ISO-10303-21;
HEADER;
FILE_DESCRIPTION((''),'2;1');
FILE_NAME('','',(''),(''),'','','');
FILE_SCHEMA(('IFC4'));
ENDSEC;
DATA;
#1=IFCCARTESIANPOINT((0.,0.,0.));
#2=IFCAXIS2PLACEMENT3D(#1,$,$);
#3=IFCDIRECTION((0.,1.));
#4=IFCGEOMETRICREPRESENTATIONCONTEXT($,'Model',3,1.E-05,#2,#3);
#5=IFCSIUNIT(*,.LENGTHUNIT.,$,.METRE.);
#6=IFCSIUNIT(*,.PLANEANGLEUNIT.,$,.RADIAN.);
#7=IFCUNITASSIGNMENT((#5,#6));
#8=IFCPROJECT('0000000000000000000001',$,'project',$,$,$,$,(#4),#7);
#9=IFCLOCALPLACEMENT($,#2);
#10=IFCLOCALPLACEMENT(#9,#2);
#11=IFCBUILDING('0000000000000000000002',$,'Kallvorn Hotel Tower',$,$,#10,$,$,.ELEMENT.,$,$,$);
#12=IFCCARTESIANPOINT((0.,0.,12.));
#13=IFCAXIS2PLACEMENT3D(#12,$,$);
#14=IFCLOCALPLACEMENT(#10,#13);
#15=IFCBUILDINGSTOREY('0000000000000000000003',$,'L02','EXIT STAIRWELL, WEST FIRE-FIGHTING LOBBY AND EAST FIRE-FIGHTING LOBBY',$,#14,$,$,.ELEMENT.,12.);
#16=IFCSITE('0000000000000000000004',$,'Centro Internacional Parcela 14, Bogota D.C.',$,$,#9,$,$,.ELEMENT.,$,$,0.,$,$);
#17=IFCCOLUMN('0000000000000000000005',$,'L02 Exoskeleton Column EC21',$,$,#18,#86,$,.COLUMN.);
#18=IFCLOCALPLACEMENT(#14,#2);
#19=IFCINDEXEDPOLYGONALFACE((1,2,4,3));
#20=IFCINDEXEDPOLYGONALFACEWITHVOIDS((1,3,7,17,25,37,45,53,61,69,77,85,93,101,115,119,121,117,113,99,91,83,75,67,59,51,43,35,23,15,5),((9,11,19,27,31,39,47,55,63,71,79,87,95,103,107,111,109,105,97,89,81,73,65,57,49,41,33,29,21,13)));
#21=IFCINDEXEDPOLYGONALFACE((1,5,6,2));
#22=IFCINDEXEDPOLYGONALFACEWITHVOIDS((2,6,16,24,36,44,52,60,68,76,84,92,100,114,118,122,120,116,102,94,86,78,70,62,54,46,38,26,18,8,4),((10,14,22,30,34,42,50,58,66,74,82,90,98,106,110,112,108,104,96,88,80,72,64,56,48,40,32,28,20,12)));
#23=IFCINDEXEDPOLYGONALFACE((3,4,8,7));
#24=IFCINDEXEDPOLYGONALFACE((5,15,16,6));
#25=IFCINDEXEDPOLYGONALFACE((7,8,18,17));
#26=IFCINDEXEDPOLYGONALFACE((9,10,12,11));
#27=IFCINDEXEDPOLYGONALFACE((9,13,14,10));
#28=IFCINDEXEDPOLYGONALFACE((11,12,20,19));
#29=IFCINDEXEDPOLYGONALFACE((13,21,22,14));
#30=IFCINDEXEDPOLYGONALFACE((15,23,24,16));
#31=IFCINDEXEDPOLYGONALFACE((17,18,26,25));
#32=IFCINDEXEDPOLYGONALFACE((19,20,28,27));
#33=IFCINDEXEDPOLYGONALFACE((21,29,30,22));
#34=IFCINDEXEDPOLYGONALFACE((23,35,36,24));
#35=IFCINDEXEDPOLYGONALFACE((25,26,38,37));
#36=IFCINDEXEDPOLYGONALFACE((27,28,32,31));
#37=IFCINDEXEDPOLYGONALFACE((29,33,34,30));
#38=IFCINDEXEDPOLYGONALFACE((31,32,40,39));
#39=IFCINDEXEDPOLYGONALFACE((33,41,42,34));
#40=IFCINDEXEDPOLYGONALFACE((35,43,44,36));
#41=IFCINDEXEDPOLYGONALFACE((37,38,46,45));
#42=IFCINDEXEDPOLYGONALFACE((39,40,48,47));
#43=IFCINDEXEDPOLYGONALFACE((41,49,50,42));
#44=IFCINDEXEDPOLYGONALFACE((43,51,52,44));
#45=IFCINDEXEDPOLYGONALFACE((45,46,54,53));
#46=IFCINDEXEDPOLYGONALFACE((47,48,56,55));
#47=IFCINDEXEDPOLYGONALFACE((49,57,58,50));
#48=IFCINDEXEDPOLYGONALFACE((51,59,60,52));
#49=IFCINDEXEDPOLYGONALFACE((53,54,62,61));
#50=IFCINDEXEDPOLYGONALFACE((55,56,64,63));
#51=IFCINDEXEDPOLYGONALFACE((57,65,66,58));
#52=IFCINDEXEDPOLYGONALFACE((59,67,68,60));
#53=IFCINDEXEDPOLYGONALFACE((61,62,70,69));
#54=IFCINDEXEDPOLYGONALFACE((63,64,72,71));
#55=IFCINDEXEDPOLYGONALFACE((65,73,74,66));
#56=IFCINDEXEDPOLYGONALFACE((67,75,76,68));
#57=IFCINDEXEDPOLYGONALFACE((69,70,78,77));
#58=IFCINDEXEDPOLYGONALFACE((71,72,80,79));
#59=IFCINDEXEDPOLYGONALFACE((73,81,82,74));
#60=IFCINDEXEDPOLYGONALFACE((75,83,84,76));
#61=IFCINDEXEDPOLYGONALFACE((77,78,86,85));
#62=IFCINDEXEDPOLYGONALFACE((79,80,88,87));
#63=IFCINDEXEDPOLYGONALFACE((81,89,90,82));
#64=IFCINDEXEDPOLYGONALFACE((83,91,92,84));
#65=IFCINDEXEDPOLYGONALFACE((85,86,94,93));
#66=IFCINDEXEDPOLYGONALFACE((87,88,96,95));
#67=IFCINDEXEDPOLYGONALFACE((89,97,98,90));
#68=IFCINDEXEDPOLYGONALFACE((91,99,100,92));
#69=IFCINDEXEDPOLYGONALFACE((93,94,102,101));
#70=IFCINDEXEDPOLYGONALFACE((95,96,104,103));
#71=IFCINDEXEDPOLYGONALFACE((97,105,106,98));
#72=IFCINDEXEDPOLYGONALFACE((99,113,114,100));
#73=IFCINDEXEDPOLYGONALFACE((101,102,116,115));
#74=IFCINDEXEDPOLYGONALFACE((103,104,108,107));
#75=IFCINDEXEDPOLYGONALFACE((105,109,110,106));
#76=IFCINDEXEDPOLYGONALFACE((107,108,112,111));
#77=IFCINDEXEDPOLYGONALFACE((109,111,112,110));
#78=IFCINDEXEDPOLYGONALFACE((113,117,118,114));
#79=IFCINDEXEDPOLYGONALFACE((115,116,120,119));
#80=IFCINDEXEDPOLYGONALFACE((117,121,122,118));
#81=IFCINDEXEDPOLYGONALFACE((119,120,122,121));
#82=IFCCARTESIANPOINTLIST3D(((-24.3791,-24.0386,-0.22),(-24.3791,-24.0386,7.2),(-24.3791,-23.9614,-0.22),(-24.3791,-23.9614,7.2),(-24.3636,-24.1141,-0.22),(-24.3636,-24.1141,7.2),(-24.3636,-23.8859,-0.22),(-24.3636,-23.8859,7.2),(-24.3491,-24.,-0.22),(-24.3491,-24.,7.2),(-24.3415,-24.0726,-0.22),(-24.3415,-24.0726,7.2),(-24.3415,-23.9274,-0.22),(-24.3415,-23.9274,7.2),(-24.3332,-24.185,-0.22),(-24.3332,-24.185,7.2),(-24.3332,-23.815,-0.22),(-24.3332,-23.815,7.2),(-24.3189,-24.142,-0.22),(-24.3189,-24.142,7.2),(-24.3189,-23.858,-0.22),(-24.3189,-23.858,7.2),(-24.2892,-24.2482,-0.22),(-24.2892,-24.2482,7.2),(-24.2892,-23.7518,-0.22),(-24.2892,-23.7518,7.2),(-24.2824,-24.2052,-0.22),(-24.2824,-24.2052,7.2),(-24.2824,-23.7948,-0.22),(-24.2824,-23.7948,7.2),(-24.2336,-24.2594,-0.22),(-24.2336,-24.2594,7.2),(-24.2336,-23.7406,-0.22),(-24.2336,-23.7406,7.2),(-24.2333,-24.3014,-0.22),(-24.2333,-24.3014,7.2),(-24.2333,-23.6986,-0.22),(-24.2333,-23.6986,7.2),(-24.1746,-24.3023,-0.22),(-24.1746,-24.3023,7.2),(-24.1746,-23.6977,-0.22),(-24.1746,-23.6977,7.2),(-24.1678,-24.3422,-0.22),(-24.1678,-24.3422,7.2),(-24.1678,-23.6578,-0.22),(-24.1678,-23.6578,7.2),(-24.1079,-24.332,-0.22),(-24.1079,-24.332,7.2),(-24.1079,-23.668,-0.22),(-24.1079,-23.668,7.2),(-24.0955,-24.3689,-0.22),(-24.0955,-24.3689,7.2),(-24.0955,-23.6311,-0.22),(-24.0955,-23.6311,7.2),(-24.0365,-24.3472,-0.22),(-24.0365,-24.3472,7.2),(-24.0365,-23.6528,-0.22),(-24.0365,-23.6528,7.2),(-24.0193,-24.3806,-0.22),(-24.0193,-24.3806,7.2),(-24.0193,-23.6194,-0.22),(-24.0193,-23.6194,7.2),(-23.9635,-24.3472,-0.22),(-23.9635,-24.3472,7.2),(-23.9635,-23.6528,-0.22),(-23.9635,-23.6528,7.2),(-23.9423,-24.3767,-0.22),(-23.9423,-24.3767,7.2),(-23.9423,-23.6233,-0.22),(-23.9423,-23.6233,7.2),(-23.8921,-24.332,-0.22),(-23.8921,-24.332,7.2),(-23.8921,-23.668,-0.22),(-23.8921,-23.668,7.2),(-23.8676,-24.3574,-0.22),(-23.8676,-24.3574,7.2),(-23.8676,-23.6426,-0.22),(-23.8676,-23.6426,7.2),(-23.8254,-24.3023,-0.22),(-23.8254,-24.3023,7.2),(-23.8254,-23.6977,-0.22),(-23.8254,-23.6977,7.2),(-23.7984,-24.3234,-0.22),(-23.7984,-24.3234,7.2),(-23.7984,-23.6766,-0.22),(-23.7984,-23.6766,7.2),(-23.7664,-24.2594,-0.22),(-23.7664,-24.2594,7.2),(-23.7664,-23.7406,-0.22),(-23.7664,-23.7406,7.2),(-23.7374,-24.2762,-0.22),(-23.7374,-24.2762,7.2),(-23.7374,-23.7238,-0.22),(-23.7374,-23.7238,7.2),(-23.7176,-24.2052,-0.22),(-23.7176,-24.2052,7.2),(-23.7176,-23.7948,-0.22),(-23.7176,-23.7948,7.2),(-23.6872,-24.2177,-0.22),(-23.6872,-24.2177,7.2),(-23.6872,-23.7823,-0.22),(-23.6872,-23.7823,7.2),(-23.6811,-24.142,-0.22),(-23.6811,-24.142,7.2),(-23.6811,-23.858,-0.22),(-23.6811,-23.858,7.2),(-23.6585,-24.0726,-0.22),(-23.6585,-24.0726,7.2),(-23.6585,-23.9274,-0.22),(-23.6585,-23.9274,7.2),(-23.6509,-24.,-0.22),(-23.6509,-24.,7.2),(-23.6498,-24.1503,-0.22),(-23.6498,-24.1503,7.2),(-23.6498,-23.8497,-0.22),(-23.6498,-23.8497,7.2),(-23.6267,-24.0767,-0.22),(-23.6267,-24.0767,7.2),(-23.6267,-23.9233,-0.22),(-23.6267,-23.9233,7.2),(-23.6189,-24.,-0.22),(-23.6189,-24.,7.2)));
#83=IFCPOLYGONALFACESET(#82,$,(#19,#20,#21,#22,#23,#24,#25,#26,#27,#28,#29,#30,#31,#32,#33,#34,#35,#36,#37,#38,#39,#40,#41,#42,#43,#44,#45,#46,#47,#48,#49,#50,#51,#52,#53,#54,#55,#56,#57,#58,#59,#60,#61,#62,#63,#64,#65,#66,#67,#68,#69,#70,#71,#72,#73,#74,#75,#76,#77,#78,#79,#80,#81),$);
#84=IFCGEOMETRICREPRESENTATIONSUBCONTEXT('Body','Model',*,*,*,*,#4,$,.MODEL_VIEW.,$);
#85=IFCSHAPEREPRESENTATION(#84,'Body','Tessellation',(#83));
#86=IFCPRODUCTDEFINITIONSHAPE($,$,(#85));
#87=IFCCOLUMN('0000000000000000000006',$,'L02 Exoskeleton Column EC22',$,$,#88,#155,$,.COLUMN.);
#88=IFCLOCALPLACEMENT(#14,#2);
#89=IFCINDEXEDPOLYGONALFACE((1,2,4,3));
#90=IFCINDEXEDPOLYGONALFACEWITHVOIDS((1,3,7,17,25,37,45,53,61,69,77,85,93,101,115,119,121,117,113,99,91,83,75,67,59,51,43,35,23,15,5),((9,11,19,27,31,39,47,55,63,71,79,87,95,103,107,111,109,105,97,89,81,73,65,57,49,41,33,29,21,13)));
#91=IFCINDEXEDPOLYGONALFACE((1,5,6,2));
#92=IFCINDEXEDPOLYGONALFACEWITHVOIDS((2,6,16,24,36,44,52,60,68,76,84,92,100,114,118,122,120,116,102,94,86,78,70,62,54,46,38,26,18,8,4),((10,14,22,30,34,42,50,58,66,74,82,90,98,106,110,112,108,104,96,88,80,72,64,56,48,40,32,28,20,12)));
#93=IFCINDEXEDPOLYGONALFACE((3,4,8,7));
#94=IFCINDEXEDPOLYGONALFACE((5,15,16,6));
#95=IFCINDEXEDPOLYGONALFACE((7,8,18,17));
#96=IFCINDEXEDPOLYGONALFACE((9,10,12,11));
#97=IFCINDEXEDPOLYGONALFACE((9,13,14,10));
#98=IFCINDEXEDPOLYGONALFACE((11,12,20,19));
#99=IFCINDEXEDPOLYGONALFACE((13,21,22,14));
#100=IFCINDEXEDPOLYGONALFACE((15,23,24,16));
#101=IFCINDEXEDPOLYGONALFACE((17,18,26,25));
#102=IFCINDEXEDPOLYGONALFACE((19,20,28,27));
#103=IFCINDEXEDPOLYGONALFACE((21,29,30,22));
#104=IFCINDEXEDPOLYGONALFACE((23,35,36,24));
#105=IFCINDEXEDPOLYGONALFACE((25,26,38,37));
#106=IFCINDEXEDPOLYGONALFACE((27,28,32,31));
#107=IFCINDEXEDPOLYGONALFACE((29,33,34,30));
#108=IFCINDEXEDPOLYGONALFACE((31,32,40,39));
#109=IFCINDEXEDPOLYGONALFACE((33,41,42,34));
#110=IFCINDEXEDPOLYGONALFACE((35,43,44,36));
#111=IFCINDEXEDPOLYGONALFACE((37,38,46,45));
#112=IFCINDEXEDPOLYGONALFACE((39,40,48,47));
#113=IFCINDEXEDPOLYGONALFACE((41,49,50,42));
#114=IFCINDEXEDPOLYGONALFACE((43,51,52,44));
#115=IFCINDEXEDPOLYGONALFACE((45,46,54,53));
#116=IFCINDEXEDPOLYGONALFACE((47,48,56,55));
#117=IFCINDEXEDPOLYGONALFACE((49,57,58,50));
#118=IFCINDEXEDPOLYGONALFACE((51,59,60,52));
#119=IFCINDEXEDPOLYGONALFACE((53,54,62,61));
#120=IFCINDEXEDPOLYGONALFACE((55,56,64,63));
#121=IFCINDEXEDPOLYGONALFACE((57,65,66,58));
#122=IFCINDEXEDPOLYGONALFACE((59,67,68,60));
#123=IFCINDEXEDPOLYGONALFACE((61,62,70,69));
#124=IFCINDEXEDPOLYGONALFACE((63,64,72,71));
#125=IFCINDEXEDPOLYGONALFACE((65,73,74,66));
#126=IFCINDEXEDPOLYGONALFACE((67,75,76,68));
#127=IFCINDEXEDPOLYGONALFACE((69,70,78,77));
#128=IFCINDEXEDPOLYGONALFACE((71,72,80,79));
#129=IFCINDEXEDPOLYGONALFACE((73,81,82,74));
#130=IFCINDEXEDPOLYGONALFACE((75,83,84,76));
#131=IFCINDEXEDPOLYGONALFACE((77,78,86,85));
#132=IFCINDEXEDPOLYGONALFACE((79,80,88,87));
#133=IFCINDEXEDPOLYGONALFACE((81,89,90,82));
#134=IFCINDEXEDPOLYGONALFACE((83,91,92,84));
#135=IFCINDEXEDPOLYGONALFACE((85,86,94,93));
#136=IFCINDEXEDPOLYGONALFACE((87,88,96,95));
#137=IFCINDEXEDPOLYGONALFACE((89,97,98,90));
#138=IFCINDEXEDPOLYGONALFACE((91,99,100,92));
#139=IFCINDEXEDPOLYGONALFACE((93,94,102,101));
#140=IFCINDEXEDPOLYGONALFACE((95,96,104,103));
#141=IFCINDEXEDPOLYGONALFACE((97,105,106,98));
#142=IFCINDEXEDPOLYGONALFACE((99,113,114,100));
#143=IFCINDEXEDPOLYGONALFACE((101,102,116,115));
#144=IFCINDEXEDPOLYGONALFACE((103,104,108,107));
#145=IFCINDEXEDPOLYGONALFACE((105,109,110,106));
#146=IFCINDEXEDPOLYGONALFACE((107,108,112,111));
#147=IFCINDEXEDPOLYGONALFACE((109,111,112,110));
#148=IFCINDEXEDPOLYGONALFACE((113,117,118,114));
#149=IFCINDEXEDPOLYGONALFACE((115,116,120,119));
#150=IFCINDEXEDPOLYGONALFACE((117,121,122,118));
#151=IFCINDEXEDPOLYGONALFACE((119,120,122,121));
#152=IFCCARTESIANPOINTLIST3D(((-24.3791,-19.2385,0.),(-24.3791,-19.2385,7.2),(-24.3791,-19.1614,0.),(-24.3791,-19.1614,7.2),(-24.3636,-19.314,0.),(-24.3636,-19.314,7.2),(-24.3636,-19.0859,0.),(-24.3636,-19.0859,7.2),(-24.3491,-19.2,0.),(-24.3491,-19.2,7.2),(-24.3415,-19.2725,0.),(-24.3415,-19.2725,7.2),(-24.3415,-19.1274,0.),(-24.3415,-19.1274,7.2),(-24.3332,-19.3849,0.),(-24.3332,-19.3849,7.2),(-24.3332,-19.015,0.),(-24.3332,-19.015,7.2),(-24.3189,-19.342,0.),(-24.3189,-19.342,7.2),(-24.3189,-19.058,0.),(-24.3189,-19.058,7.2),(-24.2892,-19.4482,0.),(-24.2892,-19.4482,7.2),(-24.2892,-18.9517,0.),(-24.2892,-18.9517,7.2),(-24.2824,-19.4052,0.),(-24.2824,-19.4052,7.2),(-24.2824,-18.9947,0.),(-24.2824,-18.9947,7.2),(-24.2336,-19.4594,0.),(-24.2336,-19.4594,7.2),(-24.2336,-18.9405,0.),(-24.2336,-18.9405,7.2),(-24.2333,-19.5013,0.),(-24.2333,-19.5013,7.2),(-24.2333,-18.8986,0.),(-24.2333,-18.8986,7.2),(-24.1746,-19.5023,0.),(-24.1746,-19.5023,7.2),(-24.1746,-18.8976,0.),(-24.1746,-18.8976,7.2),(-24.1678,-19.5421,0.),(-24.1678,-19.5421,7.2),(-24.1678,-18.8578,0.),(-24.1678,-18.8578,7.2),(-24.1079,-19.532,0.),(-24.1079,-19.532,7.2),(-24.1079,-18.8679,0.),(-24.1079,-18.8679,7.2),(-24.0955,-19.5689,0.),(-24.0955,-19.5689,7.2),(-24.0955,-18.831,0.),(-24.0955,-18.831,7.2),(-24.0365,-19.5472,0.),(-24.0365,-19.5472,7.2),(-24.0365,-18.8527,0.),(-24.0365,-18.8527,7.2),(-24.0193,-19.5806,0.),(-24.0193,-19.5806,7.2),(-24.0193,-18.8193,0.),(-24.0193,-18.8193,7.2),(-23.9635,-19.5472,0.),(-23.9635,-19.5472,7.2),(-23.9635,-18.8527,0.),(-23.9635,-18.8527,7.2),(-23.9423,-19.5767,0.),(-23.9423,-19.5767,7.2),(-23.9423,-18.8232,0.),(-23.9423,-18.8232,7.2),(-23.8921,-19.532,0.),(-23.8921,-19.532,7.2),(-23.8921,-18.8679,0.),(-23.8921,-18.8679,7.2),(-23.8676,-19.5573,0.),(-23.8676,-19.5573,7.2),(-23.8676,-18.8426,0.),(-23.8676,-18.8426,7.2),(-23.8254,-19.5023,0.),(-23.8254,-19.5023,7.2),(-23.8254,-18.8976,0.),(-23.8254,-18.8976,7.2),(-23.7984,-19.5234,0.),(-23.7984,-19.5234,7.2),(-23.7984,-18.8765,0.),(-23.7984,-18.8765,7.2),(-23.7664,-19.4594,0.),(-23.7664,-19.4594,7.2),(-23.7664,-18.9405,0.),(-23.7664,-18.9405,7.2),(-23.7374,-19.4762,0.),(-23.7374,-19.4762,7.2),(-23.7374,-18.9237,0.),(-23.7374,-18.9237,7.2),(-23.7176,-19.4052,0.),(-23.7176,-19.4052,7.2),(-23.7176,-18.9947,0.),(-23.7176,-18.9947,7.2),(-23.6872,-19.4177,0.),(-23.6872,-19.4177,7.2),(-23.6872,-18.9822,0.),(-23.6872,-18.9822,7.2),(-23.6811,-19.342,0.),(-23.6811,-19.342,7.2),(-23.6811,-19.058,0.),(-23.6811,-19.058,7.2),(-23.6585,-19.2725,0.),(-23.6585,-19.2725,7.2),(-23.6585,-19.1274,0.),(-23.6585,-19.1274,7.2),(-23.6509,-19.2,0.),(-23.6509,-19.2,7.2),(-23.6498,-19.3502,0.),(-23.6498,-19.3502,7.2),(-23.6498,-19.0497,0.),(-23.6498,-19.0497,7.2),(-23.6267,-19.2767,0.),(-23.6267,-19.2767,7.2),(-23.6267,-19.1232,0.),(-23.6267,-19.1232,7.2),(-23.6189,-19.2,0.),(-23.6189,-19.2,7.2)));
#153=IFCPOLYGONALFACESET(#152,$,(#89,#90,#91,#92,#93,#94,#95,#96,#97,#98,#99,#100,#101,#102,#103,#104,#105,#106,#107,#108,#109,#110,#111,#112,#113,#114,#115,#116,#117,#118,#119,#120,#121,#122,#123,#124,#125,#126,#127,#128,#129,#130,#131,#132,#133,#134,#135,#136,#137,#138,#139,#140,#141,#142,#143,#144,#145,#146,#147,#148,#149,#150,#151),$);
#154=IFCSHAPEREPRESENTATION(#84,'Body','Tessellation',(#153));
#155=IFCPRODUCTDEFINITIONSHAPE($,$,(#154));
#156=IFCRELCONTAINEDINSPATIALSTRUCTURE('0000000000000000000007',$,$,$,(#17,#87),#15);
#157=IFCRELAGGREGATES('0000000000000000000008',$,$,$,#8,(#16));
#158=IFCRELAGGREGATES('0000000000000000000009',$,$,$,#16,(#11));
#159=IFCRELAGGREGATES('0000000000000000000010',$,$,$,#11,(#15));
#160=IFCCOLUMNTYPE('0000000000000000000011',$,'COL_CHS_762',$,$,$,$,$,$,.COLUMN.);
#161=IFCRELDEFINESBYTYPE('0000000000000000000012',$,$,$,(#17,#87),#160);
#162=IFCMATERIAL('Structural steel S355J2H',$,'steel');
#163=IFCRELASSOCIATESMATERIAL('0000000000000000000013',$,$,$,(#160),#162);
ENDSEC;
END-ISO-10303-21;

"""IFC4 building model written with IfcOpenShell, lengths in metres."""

from ifc_helpers import new_model, si_unit, direction, frame, origin, origin_2d, place, context, subcontext, project, spatial, hollow_circle, extrude, material, material_profile, profile_set, type_object, element, save


model = new_model("IFC4")

# Units and contexts
model_context = context("Model", 3, precision=1e-05, world=origin(), true_north=direction((0.0, 1.0)))
body_context = subcontext(model_context, "Body", "Model", "MODEL_VIEW")
ifc_project = project(units=[si_unit("LENGTHUNIT", "METRE"), si_unit("PLANEANGLEUNIT", "RADIAN")], contexts=[model_context])

# Site, building, storey
site_placement = place(None, origin())
site = spatial("IfcSite", under=ifc_project, at=site_placement, Name="Centro Internacional Parcela 14, Bogota D.C.", CompositionType="ELEMENT", RefElevation=0.0)
building_placement = place(site_placement, origin())
building = spatial("IfcBuilding", under=site, at=building_placement, Name="Kallvorn Hotel Tower", CompositionType="ELEMENT")
storey_placement = place(building_placement, frame((0.0, 0.0, 12.0)))
storey = spatial("IfcBuildingStorey", under=building, at=storey_placement, Name="L02", Description="EXIT STAIRWELL, WEST FIRE-FIGHTING LOBBY AND EAST FIRE-FIGHTING LOBBY", CompositionType="ELEMENT", Elevation=12.0)

# Columns
ifc_material_1 = material(Name="Structural steel S355J2H", Category="steel")
ifc_material_profile_1 = material_profile(ifc_material_1, hollow_circle(Radius=0.3811, WallThickness=0.032, at=origin_2d()), Name="CHS 762x32")
ifc_profile_set_1 = profile_set([ifc_material_profile_1], Name="Structural steel S355J2H")
column_type_1 = type_object("IfcColumnType", Name="COL_CHS_762", PredefinedType="COLUMN", material=ifc_profile_set_1)
column_1_placement = place(storey_placement, frame((-24.0, -24.0, -0.22), z_axis=(0.0, 0.0, 1.0), x_axis=(1.0, 0.0, 0.0)))
element("IfcColumn", 1, at=column_1_placement, inside=storey, type_object=column_type_1, Name="L02 Exoskeleton Column EC21", PredefinedType="COLUMN", context=body_context, shape_type="SweptSolid", body=[
    extrude(hollow_circle(Radius=0.3811, WallThickness=0.032, at=origin_2d()), origin(), (0.0, 0.0, 1.0), 7.4199),
])
column_2_placement = place(storey_placement, frame((-24.0, -19.2, 0.0), z_axis=(0.0, 0.0, 1.0), x_axis=(1.0, 0.0, 0.0)))
element("IfcColumn", 2, at=column_2_placement, inside=storey, type_object=column_type_1, Name="L02 Exoskeleton Column EC22", PredefinedType="COLUMN", context=body_context, shape_type="SweptSolid", body=[
    extrude(hollow_circle(Radius=0.3811, WallThickness=0.032, at=origin_2d()), origin(), (0.0, 0.0, 1.0), 7.2),
])

save(model, "model.ifc")
